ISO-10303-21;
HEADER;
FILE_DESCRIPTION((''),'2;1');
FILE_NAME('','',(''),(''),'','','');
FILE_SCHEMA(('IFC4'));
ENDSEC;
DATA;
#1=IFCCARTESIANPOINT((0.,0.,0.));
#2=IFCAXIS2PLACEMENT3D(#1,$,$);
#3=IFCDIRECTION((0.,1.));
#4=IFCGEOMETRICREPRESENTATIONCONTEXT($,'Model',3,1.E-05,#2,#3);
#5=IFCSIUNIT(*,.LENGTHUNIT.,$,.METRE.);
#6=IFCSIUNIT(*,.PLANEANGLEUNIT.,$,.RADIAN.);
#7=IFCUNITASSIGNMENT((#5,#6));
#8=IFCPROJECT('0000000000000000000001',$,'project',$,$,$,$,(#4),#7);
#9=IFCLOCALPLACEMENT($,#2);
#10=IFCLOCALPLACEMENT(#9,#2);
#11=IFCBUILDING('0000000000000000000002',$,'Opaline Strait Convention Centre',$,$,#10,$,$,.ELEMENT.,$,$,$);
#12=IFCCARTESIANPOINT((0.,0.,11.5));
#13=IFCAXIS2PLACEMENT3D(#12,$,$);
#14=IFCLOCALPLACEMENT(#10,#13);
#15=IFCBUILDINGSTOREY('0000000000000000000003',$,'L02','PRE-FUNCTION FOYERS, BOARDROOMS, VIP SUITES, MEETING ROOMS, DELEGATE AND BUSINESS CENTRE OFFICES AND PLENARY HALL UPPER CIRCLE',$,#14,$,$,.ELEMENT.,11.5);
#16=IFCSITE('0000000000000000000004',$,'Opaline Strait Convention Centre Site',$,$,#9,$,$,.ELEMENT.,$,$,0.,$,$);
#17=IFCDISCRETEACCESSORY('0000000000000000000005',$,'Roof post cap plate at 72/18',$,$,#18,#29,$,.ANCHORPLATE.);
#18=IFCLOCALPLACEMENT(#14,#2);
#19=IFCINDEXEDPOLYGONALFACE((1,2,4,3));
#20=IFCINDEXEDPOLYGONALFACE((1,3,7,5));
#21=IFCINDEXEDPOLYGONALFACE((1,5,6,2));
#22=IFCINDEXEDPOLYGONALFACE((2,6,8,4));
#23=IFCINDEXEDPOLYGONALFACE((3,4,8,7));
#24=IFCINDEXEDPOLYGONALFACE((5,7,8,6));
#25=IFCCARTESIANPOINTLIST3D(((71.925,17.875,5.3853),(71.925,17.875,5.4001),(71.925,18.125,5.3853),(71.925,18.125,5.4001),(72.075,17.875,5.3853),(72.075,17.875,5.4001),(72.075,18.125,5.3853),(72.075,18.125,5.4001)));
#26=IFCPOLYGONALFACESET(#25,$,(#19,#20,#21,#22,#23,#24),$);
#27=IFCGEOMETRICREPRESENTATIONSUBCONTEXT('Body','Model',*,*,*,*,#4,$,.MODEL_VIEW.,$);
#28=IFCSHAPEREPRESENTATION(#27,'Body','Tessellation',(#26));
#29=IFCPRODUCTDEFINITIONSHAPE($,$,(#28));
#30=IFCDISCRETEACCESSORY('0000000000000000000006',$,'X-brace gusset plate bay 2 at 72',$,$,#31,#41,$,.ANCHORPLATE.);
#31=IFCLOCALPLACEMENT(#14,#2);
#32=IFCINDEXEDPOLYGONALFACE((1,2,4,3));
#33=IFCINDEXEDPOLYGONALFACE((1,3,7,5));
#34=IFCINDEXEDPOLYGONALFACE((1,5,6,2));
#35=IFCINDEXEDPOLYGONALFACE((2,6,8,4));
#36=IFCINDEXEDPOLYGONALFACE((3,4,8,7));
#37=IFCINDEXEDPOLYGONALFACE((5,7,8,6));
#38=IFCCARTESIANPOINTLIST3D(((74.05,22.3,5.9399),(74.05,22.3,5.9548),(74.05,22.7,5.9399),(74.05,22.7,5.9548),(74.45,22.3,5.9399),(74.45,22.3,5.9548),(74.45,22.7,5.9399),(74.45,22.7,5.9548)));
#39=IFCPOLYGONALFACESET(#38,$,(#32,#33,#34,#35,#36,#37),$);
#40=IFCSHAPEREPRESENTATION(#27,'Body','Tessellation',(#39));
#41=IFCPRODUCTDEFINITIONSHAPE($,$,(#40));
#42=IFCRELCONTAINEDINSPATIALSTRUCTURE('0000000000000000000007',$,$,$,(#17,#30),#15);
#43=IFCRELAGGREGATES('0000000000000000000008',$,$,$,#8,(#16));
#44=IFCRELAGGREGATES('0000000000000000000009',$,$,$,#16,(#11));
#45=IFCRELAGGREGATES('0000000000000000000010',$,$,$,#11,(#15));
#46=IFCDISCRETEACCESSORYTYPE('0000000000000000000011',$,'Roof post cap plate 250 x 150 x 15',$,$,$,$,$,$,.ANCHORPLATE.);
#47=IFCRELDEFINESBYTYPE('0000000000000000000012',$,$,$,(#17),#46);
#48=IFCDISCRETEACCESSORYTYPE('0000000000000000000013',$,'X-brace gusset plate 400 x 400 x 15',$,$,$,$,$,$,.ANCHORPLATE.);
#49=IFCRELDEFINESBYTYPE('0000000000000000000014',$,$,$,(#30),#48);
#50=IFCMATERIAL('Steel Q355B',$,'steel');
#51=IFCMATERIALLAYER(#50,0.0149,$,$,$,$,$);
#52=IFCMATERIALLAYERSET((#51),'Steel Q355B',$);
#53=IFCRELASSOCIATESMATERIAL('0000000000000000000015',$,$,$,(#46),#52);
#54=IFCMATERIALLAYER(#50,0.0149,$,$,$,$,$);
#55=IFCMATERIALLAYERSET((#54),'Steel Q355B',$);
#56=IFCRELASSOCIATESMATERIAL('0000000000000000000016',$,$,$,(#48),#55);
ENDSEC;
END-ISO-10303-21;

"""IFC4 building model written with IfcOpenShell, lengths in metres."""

from ifc_helpers import new_model, si_unit, direction, frame, origin, origin_2d, place, context, subcontext, project, spatial, rectangle, extrude, material, layer, layer_set, type_object, element, save


model = new_model("IFC4")

# Units and contexts
model_context = context("Model", 3, precision=1e-05, world=origin(), true_north=direction((0.0, 1.0)))
body_context = subcontext(model_context, "Body", "Model", "MODEL_VIEW")
ifc_project = project(units=[si_unit("LENGTHUNIT", "METRE"), si_unit("PLANEANGLEUNIT", "RADIAN")], contexts=[model_context])

# Site, building, storey
site_placement = place(None, origin())
site = spatial("IfcSite", under=ifc_project, at=site_placement, Name="Opaline Strait Convention Centre Site", CompositionType="ELEMENT", RefElevation=0.0)
building_placement = place(site_placement, origin())
building = spatial("IfcBuilding", under=site, at=building_placement, Name="Opaline Strait Convention Centre", CompositionType="ELEMENT")
storey_placement = place(building_placement, frame((0.0, 0.0, 11.5)))
storey = spatial("IfcBuildingStorey", under=building, at=storey_placement, Name="L02", Description="PRE-FUNCTION FOYERS, BOARDROOMS, VIP SUITES, MEETING ROOMS, DELEGATE AND BUSINESS CENTRE OFFICES AND PLENARY HALL UPPER CIRCLE", CompositionType="ELEMENT", Elevation=11.5)

# Shared definitions
ifc_material_1 = material(Name="Steel Q355B", Category="steel")

# Discrete accessories
ifc_layer_1 = layer(ifc_material_1, 0.0149)
ifc_layer_set_1 = layer_set([ifc_layer_1], Name="Steel Q355B")
discrete_accessory_type_1 = type_object("IfcDiscreteAccessoryType", Name="Roof post cap plate 250 x 150 x 15", PredefinedType="ANCHORPLATE", material=ifc_layer_set_1)
discrete_accessory_1_placement = place(storey_placement, frame((72.0, 18.0, 5.3853), z_axis=(0.0, 0.0, 1.0), x_axis=(1.0, 0.0, 0.0)))
element("IfcDiscreteAccessory", 1, at=discrete_accessory_1_placement, inside=storey, type_object=discrete_accessory_type_1, Name="Roof post cap plate at 72/18", PredefinedType="ANCHORPLATE", context=body_context, shape_type="SweptSolid", body=[
    extrude(rectangle(XDim=0.1499, YDim=0.25, at=origin_2d()), origin(), (0.0, 0.0, 1.0), 0.0149),
])
ifc_layer_2 = layer(ifc_material_1, 0.0149)
ifc_layer_set_2 = layer_set([ifc_layer_2], Name="Steel Q355B")
discrete_accessory_type_2 = type_object("IfcDiscreteAccessoryType", Name="X-brace gusset plate 400 x 400 x 15", PredefinedType="ANCHORPLATE", material=ifc_layer_set_2)
discrete_accessory_2_placement = place(storey_placement, frame((74.25, 22.5, 5.9399), z_axis=(0.0, 0.0, 1.0), x_axis=(1.0, 0.0, 0.0)))
element("IfcDiscreteAccessory", 2, at=discrete_accessory_2_placement, inside=storey, type_object=discrete_accessory_type_2, Name="X-brace gusset plate bay 2 at 72", PredefinedType="ANCHORPLATE", context=body_context, shape_type="SweptSolid", body=[
    extrude(rectangle(XDim=0.3999, YDim=0.3999, at=origin_2d()), origin(), (0.0, 0.0, 1.0), 0.0149),
])

save(model, "model.ifc")
